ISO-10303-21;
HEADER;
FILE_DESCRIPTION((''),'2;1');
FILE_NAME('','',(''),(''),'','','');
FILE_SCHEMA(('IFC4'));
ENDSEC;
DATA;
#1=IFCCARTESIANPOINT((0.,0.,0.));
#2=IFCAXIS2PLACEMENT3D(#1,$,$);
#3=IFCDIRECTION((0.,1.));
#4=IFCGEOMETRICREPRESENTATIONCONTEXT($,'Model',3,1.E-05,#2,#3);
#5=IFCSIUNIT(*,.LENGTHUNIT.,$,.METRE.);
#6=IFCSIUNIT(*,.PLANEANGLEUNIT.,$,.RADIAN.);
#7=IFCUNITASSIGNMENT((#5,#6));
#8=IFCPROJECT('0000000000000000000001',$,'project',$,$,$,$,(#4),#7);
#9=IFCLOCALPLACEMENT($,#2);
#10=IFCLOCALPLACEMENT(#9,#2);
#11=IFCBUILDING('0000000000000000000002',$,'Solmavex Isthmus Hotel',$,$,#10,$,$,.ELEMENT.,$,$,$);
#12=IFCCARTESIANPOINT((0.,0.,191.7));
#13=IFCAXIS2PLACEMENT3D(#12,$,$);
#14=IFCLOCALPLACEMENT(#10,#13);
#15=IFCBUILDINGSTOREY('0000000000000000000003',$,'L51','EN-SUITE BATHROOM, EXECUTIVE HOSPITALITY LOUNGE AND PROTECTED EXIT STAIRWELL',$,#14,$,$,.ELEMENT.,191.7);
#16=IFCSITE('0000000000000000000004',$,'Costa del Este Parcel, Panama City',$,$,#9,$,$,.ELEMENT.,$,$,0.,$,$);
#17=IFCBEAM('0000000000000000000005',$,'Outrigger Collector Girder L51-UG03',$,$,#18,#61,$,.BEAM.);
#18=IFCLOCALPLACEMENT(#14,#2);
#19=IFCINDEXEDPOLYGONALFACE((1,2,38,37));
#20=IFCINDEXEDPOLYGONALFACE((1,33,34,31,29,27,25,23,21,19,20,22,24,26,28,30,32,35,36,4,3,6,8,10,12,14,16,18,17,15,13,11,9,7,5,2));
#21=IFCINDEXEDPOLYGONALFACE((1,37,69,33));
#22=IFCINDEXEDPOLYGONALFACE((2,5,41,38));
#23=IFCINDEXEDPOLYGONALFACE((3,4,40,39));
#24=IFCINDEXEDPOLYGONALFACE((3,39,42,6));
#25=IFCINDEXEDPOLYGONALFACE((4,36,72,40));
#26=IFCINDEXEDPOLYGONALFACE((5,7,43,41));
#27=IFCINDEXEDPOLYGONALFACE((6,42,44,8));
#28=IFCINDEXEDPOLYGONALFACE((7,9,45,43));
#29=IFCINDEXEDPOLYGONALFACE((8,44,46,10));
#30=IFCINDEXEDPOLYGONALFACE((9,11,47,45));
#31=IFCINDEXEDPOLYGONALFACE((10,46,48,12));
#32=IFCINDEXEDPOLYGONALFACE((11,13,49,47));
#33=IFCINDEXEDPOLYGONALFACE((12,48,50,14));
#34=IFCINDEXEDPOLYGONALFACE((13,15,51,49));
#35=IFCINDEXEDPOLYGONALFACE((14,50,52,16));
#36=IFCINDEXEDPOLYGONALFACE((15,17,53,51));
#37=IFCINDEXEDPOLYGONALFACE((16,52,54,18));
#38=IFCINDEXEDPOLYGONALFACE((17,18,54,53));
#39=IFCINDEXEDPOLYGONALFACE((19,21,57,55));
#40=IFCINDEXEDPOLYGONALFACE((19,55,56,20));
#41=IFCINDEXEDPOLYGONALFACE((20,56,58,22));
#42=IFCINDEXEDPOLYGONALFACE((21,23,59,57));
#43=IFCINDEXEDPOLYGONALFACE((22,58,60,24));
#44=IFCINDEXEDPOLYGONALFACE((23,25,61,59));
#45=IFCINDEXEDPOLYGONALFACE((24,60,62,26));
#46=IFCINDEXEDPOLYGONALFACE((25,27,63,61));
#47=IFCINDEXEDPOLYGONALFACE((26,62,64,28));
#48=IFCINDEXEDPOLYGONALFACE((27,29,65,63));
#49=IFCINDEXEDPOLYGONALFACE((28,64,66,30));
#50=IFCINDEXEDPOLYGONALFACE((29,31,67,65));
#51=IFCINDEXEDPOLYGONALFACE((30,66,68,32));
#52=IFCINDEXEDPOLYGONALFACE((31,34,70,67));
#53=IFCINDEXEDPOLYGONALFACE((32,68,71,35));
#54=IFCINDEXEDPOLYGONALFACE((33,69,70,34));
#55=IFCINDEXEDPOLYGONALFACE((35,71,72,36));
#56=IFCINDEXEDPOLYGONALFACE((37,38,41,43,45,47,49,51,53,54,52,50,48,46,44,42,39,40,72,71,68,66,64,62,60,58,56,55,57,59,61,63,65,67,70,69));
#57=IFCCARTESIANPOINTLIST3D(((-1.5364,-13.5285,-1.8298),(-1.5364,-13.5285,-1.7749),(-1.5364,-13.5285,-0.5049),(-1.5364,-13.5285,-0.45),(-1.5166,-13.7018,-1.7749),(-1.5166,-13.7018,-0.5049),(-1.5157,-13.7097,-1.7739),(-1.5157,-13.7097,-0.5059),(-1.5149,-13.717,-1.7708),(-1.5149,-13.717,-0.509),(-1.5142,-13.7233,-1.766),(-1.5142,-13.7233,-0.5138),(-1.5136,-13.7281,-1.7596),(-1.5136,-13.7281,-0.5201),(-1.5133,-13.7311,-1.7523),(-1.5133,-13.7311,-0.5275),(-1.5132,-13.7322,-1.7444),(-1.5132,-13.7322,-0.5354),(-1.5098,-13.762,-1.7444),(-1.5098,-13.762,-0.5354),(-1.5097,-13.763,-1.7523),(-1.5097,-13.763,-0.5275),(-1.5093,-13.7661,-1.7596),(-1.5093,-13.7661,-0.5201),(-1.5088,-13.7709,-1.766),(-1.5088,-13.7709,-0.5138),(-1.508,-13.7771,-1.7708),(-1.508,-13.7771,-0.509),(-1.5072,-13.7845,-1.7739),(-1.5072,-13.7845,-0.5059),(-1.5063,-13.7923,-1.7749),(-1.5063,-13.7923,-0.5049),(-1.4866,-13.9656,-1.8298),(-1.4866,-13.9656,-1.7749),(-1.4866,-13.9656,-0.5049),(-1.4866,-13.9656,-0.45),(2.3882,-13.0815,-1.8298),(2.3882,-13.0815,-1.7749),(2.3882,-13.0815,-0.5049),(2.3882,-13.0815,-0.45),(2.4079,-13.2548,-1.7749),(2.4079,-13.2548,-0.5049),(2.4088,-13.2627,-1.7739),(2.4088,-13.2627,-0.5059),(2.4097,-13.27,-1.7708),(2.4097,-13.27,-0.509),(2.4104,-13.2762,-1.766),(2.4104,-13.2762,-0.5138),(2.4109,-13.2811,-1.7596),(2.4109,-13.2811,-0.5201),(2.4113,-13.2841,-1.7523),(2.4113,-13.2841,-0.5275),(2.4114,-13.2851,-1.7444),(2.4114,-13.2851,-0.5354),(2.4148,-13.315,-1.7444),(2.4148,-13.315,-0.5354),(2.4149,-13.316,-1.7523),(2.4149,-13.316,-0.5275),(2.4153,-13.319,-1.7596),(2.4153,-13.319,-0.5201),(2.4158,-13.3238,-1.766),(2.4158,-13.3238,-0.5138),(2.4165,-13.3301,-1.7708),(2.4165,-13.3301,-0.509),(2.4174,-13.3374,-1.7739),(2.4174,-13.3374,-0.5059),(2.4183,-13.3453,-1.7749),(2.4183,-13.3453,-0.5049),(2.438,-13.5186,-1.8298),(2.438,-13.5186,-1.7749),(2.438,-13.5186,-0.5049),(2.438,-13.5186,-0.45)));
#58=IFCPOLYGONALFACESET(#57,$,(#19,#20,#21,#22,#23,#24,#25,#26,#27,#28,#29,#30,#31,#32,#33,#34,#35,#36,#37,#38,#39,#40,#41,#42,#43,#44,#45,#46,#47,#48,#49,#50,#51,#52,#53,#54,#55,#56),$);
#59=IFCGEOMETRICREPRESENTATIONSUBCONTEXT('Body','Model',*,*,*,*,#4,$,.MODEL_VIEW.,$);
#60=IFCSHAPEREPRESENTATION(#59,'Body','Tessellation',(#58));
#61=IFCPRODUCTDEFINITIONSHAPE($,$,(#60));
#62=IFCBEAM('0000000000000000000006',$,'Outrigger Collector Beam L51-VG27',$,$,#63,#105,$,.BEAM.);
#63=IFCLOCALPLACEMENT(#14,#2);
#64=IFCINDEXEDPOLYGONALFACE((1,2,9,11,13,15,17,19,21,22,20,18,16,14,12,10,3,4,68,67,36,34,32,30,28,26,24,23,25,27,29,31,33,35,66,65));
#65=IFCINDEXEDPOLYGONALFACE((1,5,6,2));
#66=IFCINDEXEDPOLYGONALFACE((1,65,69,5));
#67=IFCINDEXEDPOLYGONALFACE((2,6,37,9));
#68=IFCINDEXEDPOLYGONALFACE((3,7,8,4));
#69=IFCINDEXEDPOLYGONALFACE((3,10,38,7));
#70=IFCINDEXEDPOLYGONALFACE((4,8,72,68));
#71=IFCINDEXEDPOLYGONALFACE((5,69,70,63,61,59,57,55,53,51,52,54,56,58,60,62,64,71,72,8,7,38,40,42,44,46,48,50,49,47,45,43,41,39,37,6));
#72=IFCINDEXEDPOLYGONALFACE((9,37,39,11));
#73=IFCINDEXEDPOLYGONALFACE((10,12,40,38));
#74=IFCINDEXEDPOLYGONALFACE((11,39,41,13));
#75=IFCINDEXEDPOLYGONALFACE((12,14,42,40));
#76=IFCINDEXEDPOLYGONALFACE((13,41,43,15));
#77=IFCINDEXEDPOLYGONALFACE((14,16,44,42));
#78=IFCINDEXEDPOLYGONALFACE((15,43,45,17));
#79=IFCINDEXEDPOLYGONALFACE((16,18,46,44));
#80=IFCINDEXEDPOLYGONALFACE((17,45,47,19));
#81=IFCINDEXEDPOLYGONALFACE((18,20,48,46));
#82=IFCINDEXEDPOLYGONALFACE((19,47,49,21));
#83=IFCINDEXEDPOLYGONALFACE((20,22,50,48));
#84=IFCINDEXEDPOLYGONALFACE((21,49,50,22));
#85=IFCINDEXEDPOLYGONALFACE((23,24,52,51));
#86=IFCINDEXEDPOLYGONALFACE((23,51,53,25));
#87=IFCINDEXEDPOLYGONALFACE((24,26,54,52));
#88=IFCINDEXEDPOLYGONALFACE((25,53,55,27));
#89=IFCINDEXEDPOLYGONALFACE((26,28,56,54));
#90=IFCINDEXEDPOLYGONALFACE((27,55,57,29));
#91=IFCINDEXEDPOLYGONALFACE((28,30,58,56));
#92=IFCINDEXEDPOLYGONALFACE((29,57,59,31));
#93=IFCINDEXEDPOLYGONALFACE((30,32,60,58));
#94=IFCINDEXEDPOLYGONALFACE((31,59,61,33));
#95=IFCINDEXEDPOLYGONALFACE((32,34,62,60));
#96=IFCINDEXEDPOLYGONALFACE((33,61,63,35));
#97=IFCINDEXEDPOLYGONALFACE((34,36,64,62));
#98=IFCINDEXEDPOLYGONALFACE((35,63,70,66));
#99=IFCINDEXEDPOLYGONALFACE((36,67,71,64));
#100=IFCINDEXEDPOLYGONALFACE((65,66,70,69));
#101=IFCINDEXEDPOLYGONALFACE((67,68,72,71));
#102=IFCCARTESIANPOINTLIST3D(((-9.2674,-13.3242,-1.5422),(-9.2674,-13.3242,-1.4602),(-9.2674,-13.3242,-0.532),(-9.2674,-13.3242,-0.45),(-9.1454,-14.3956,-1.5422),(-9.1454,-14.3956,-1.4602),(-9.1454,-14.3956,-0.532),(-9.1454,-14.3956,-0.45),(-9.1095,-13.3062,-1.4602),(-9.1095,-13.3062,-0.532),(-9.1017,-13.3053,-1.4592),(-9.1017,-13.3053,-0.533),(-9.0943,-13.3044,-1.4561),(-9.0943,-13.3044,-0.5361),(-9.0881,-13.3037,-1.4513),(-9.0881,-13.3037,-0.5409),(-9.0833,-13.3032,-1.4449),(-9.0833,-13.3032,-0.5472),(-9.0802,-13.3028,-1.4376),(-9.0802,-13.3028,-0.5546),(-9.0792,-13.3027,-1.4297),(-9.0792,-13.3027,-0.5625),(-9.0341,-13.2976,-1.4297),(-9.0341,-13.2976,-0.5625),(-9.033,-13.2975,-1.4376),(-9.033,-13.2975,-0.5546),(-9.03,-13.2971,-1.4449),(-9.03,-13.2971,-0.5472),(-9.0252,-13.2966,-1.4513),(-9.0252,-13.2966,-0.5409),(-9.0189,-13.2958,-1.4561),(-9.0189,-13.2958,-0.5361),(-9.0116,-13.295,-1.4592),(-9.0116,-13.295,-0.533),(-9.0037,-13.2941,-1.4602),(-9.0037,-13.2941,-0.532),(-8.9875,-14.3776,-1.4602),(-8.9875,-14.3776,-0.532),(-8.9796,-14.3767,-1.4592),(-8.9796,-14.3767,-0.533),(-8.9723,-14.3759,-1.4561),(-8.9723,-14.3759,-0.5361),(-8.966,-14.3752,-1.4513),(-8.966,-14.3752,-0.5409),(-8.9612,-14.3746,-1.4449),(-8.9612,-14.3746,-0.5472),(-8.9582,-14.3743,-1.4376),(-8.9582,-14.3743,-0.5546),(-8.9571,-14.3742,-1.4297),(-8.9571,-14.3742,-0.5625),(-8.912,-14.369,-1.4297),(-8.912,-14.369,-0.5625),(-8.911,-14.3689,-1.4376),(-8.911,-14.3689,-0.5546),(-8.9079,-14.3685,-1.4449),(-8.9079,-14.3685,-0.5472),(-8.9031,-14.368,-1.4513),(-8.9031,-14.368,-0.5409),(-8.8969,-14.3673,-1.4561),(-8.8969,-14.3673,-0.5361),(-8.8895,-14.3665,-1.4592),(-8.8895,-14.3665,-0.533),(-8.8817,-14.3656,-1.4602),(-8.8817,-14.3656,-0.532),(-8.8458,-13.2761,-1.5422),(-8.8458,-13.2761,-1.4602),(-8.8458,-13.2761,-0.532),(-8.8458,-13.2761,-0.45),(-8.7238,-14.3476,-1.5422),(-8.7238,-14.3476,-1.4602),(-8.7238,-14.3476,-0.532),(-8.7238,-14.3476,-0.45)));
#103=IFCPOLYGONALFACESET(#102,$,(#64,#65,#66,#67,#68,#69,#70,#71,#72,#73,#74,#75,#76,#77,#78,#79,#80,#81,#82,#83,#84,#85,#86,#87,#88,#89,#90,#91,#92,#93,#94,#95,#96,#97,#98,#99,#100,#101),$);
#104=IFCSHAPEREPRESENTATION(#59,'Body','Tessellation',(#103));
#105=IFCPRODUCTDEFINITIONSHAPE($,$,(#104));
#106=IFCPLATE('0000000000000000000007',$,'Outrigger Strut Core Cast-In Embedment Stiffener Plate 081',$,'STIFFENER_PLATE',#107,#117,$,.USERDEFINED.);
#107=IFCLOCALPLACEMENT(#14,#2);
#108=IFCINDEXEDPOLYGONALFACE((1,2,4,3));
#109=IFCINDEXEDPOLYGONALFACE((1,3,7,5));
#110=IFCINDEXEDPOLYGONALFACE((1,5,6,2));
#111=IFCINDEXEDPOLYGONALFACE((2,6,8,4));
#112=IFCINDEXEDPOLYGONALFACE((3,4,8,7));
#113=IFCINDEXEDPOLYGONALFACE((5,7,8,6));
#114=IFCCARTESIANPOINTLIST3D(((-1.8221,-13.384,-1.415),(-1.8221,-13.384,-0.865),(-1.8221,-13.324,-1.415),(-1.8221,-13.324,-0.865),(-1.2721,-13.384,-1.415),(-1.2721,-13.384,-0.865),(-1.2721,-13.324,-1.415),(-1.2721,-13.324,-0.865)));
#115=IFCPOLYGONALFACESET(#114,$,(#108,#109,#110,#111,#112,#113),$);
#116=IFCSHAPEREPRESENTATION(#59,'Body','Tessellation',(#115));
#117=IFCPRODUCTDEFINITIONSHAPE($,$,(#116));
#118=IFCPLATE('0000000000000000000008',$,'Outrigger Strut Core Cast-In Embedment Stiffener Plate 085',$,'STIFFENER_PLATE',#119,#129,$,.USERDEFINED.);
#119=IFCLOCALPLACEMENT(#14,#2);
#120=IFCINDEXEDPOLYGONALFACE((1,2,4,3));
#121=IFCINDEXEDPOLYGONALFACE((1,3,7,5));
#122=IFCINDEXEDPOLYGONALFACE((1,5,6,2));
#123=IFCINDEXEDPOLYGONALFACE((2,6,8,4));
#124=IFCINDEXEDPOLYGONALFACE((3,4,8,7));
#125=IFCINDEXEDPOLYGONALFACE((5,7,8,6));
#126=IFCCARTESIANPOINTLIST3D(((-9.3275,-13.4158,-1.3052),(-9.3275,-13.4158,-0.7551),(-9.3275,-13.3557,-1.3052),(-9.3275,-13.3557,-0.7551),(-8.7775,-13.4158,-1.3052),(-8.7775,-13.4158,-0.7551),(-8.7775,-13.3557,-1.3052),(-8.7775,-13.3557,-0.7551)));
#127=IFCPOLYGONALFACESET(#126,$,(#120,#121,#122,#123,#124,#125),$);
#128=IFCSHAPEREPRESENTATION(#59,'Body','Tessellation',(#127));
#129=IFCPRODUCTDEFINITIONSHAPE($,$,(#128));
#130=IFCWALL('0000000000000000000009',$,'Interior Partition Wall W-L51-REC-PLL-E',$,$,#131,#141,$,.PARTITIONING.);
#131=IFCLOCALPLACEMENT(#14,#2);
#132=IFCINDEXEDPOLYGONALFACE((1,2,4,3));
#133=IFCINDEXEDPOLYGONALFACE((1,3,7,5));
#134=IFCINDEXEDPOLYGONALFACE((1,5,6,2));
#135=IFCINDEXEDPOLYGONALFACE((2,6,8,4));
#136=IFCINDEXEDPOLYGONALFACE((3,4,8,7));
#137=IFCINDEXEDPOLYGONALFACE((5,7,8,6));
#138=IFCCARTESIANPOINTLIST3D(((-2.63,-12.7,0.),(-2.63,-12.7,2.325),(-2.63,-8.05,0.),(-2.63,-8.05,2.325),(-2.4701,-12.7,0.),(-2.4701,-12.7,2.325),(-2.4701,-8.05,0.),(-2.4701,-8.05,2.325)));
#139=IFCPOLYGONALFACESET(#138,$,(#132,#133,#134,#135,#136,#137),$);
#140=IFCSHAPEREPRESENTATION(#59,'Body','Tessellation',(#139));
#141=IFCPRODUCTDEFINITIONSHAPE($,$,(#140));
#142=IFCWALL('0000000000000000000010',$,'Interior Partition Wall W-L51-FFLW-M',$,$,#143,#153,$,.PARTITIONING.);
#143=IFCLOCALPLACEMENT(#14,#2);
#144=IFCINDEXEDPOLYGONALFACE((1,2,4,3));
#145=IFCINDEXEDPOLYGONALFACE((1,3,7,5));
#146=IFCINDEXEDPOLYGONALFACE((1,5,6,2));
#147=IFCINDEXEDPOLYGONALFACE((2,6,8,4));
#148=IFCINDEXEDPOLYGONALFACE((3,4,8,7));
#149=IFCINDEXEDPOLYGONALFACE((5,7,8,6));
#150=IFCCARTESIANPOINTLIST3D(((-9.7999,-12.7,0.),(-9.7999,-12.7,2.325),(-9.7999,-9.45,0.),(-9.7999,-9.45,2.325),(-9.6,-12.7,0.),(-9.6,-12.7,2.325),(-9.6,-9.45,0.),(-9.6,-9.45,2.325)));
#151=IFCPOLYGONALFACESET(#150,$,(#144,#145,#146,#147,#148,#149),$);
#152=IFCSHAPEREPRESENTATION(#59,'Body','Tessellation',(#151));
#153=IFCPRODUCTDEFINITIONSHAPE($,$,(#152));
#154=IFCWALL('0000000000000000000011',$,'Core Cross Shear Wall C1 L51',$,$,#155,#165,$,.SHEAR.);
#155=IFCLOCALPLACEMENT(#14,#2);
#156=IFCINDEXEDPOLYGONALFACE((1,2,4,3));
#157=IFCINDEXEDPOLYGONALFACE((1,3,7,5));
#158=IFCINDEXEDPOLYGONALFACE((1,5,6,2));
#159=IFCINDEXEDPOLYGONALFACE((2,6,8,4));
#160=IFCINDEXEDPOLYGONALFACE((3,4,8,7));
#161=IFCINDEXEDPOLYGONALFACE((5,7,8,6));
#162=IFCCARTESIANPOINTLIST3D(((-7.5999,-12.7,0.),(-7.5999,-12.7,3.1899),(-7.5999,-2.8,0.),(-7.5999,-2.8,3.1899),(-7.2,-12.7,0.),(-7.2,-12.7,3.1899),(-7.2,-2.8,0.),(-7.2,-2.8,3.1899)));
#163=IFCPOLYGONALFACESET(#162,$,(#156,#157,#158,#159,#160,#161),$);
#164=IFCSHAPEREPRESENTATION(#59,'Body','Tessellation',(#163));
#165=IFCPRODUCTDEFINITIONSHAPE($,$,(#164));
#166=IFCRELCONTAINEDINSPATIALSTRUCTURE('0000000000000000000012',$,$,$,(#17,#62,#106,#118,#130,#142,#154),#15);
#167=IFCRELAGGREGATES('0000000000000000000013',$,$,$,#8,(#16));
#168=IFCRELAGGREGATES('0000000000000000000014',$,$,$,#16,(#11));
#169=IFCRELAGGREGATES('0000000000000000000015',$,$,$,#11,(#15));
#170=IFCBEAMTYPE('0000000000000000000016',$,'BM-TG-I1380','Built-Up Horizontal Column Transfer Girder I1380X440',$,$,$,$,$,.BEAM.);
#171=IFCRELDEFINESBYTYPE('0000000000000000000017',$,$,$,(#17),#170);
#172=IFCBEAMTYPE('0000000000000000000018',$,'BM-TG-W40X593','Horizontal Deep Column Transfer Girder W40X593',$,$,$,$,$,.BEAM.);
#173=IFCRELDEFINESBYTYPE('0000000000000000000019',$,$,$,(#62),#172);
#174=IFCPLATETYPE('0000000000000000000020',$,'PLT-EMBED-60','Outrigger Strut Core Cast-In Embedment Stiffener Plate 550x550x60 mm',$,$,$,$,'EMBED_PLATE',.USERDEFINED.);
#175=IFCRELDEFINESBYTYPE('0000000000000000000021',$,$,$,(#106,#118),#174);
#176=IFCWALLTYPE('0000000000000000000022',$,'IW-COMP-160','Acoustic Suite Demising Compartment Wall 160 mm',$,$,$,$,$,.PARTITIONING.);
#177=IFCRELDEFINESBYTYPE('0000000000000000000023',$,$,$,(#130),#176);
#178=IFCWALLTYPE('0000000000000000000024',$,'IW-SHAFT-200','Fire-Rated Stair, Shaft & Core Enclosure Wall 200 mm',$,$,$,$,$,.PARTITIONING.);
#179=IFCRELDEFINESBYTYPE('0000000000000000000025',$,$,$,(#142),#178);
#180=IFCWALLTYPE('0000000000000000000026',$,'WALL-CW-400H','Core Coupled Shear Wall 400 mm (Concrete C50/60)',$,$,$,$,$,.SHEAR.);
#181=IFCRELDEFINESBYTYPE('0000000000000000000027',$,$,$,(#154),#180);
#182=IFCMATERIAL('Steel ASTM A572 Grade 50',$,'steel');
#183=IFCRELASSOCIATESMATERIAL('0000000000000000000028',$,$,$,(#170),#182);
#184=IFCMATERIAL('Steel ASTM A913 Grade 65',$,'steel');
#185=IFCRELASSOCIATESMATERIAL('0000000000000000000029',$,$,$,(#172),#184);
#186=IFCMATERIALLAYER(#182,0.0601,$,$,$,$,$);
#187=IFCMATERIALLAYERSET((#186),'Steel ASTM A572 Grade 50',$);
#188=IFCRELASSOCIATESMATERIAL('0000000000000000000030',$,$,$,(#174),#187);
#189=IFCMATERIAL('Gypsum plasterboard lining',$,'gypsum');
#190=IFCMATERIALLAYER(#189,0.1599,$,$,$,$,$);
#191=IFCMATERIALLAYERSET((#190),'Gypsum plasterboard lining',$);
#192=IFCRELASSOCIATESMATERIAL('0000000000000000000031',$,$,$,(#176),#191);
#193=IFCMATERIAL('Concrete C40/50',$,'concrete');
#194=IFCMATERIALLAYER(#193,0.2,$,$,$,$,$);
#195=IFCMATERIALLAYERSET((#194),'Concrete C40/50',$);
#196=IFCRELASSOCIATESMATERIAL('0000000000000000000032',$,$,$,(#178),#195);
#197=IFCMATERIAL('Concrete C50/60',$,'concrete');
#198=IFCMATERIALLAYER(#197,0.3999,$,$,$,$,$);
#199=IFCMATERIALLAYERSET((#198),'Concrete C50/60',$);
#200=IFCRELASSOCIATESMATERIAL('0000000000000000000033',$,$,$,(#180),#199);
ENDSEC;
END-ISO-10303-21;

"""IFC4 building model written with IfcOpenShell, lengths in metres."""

from ifc_helpers import new_model, si_unit, direction, frame, frame_2d, origin, origin_2d, place, context, subcontext, project, spatial, rectangle, i_section, extrude, material, layer, layer_set, material_profile, profile_set, type_object, element, save


model = new_model("IFC4")

# Units and contexts
model_context = context("Model", 3, precision=1e-05, world=origin(), true_north=direction((0.0, 1.0)))
body_context = subcontext(model_context, "Body", "Model", "MODEL_VIEW")
ifc_project = project(units=[si_unit("LENGTHUNIT", "METRE"), si_unit("PLANEANGLEUNIT", "RADIAN")], contexts=[model_context])

# Site, building, storey
site_placement = place(None, origin())
site = spatial("IfcSite", under=ifc_project, at=site_placement, Name="Costa del Este Parcel, Panama City", CompositionType="ELEMENT", RefElevation=0.0)
building_placement = place(site_placement, origin())
building = spatial("IfcBuilding", under=site, at=building_placement, Name="Solmavex Isthmus Hotel", CompositionType="ELEMENT")
storey_placement = place(building_placement, frame((0.0, 0.0, 191.7)))
storey = spatial("IfcBuildingStorey", under=building, at=storey_placement, Name="L51", Description="EN-SUITE BATHROOM, EXECUTIVE HOSPITALITY LOUNGE AND PROTECTED EXIT STAIRWELL", CompositionType="ELEMENT", Elevation=191.7)

# Shared definitions
ifc_material_1 = material(Name="Concrete C50/60", Category="concrete")
ifc_material_2 = material(Name="Steel ASTM A913 Grade 65", Category="steel")

# Beams
ifc_material_3 = material(Name="Steel ASTM A572 Grade 50", Category="steel")
ifc_material_profile_1 = material_profile(ifc_material_3, i_section(OverallWidth=0.4399, OverallDepth=1.3799, WebThickness=0.03, FlangeThickness=0.0549, FilletRadius=0.0305, at=origin_2d()), Name="I1380X440")
ifc_profile_set_1 = profile_set([ifc_material_profile_1], Name="Steel ASTM A572 Grade 50")
beam_type_1 = type_object("IfcBeamType", Name="BM-TG-I1380", Description="Built-Up Horizontal Column Transfer Girder I1380X440", PredefinedType="BEAM", material=ifc_profile_set_1)
beam_1_placement = place(storey_placement, frame((-1.5115, -13.7471, -1.1399), z_axis=(0.993575, 0.113172, 0.0), x_axis=(-0.113172, 0.993575, 0.0)))
element("IfcBeam", 1, at=beam_1_placement, inside=storey, type_object=beam_type_1, Name="Outrigger Collector Girder L51-UG03", PredefinedType="BEAM", context=body_context, shape_type="SweptSolid", body=[
    extrude(i_section(OverallWidth=0.4399, OverallDepth=1.3799, WebThickness=0.03, FlangeThickness=0.0549, FilletRadius=0.0305, at=origin_2d()), origin(), (0.0, 0.0, 1.0), 3.95),
])
ifc_material_profile_2 = material_profile(ifc_material_2, i_section(OverallWidth=0.4243, OverallDepth=1.0923, WebThickness=0.0454, FlangeThickness=0.082, FilletRadius=0.0305, at=origin_2d()), Name="W40X593")
ifc_profile_set_2 = profile_set([ifc_material_profile_2], Name="Steel ASTM A913 Grade 65")
beam_type_2 = type_object("IfcBeamType", Name="BM-TG-W40X593", Description="Horizontal Deep Column Transfer Girder W40X593", PredefinedType="BEAM", material=ifc_profile_set_2)
beam_2_placement = place(storey_placement, frame((-8.9346, -14.3716, -0.9961), z_axis=(-0.113189, 0.993573, 0.0), x_axis=(-0.993573, -0.113189, 0.0)))
element("IfcBeam", 2, at=beam_2_placement, inside=storey, type_object=beam_type_2, Name="Outrigger Collector Beam L51-VG27", PredefinedType="BEAM", context=body_context, shape_type="SweptSolid", body=[
    extrude(i_section(OverallWidth=0.4243, OverallDepth=1.0923, WebThickness=0.0454, FlangeThickness=0.082, FilletRadius=0.0305, at=origin_2d()), origin(), (0.0, 0.0, 1.0), 1.0784),
])

# Plates
ifc_layer_1 = layer(ifc_material_3, 0.0601)
ifc_layer_set_1 = layer_set([ifc_layer_1], Name="Steel ASTM A572 Grade 50")
plate_type = type_object("IfcPlateType", Name="PLT-EMBED-60", Description="Outrigger Strut Core Cast-In Embedment Stiffener Plate 550x550x60 mm", ElementType="EMBED_PLATE", PredefinedType="USERDEFINED", material=ifc_layer_set_1)
for number, where, z_axis, x_axis, name in (
    (3, (-1.5471, -13.354, -1.415), (0.0, 0.0, 1.0), (1.0, 0.0, 0.0), "Outrigger Strut Core Cast-In Embedment Stiffener Plate 081"),
    (4, (-9.0525, -13.3857, -1.3052), (0.0, 0.0, 1.0), (1.0, 0.0, 0.0), "Outrigger Strut Core Cast-In Embedment Stiffener Plate 085"),
):
    element("IfcPlate", number, at=place(storey_placement, frame(where, z_axis=z_axis, x_axis=x_axis)), inside=storey, type_object=plate_type, Name=name, ObjectType="STIFFENER_PLATE", PredefinedType="USERDEFINED", context=body_context, shape_type="SweptSolid", body=[
        extrude(rectangle(XDim=0.55, YDim=0.0601, at=origin_2d()), origin(), (0.0, 0.0, 1.0), 0.55),
    ])

# Walls
ifc_material_4 = material(Name="Gypsum plasterboard lining", Category="gypsum")
ifc_layer_2 = layer(ifc_material_4, 0.1599)
ifc_layer_set_2 = layer_set([ifc_layer_2], Name="Gypsum plasterboard lining")
wall_type_1 = type_object("IfcWallType", Name="IW-COMP-160", Description="Acoustic Suite Demising Compartment Wall 160 mm", PredefinedType="PARTITIONING", material=ifc_layer_set_2)
wall_1_placement = place(storey_placement, frame((-2.55, -12.7, 0.0), z_axis=(0.0, 0.0, 1.0), x_axis=(0.0, 1.0, 0.0)))
element("IfcWall", 5, at=wall_1_placement, inside=storey, type_object=wall_type_1, Name="Interior Partition Wall W-L51-REC-PLL-E", PredefinedType="PARTITIONING", context=body_context, shape_type="SweptSolid", body=[
    extrude(rectangle(XDim=4.6499, YDim=0.1599, at=frame_2d((2.325, 0.0))), origin(), (0.0, 0.0, 1.0), 2.325),
])
ifc_material_5 = material(Name="Concrete C40/50", Category="concrete")
ifc_layer_3 = layer(ifc_material_5, 0.2)
ifc_layer_set_3 = layer_set([ifc_layer_3], Name="Concrete C40/50")
wall_type_2 = type_object("IfcWallType", Name="IW-SHAFT-200", Description="Fire-Rated Stair, Shaft & Core Enclosure Wall 200 mm", PredefinedType="PARTITIONING", material=ifc_layer_set_3)
wall_2_placement = place(storey_placement, frame((-9.7, -12.7, 0.0), z_axis=(0.0, 0.0, 1.0), x_axis=(0.0, 1.0, 0.0)))
element("IfcWall", 6, at=wall_2_placement, inside=storey, type_object=wall_type_2, Name="Interior Partition Wall W-L51-FFLW-M", PredefinedType="PARTITIONING", context=body_context, shape_type="SweptSolid", body=[
    extrude(rectangle(XDim=3.25, YDim=0.2, at=frame_2d((1.625, 0.0))), origin(), (0.0, 0.0, 1.0), 2.325),
])
ifc_layer_4 = layer(ifc_material_1, 0.3999)
ifc_layer_set_4 = layer_set([ifc_layer_4], Name="Concrete C50/60")
wall_type_3 = type_object("IfcWallType", Name="WALL-CW-400H", Description="Core Coupled Shear Wall 400 mm (Concrete C50/60)", PredefinedType="SHEAR", material=ifc_layer_set_4)
wall_3_placement = place(storey_placement, frame((-7.3999, -12.7, 0.0), z_axis=(0.0, 0.0, 1.0), x_axis=(0.0, 1.0, 0.0)))
element("IfcWall", 7, at=wall_3_placement, inside=storey, type_object=wall_type_3, Name="Core Cross Shear Wall C1 L51", PredefinedType="SHEAR", context=body_context, shape_type="SweptSolid", body=[
    extrude(rectangle(XDim=9.8999, YDim=0.3999, at=frame_2d((4.95, 0.0))), origin(), (0.0, 0.0, 1.0), 3.1899),
])

save(model, "model.ifc")
